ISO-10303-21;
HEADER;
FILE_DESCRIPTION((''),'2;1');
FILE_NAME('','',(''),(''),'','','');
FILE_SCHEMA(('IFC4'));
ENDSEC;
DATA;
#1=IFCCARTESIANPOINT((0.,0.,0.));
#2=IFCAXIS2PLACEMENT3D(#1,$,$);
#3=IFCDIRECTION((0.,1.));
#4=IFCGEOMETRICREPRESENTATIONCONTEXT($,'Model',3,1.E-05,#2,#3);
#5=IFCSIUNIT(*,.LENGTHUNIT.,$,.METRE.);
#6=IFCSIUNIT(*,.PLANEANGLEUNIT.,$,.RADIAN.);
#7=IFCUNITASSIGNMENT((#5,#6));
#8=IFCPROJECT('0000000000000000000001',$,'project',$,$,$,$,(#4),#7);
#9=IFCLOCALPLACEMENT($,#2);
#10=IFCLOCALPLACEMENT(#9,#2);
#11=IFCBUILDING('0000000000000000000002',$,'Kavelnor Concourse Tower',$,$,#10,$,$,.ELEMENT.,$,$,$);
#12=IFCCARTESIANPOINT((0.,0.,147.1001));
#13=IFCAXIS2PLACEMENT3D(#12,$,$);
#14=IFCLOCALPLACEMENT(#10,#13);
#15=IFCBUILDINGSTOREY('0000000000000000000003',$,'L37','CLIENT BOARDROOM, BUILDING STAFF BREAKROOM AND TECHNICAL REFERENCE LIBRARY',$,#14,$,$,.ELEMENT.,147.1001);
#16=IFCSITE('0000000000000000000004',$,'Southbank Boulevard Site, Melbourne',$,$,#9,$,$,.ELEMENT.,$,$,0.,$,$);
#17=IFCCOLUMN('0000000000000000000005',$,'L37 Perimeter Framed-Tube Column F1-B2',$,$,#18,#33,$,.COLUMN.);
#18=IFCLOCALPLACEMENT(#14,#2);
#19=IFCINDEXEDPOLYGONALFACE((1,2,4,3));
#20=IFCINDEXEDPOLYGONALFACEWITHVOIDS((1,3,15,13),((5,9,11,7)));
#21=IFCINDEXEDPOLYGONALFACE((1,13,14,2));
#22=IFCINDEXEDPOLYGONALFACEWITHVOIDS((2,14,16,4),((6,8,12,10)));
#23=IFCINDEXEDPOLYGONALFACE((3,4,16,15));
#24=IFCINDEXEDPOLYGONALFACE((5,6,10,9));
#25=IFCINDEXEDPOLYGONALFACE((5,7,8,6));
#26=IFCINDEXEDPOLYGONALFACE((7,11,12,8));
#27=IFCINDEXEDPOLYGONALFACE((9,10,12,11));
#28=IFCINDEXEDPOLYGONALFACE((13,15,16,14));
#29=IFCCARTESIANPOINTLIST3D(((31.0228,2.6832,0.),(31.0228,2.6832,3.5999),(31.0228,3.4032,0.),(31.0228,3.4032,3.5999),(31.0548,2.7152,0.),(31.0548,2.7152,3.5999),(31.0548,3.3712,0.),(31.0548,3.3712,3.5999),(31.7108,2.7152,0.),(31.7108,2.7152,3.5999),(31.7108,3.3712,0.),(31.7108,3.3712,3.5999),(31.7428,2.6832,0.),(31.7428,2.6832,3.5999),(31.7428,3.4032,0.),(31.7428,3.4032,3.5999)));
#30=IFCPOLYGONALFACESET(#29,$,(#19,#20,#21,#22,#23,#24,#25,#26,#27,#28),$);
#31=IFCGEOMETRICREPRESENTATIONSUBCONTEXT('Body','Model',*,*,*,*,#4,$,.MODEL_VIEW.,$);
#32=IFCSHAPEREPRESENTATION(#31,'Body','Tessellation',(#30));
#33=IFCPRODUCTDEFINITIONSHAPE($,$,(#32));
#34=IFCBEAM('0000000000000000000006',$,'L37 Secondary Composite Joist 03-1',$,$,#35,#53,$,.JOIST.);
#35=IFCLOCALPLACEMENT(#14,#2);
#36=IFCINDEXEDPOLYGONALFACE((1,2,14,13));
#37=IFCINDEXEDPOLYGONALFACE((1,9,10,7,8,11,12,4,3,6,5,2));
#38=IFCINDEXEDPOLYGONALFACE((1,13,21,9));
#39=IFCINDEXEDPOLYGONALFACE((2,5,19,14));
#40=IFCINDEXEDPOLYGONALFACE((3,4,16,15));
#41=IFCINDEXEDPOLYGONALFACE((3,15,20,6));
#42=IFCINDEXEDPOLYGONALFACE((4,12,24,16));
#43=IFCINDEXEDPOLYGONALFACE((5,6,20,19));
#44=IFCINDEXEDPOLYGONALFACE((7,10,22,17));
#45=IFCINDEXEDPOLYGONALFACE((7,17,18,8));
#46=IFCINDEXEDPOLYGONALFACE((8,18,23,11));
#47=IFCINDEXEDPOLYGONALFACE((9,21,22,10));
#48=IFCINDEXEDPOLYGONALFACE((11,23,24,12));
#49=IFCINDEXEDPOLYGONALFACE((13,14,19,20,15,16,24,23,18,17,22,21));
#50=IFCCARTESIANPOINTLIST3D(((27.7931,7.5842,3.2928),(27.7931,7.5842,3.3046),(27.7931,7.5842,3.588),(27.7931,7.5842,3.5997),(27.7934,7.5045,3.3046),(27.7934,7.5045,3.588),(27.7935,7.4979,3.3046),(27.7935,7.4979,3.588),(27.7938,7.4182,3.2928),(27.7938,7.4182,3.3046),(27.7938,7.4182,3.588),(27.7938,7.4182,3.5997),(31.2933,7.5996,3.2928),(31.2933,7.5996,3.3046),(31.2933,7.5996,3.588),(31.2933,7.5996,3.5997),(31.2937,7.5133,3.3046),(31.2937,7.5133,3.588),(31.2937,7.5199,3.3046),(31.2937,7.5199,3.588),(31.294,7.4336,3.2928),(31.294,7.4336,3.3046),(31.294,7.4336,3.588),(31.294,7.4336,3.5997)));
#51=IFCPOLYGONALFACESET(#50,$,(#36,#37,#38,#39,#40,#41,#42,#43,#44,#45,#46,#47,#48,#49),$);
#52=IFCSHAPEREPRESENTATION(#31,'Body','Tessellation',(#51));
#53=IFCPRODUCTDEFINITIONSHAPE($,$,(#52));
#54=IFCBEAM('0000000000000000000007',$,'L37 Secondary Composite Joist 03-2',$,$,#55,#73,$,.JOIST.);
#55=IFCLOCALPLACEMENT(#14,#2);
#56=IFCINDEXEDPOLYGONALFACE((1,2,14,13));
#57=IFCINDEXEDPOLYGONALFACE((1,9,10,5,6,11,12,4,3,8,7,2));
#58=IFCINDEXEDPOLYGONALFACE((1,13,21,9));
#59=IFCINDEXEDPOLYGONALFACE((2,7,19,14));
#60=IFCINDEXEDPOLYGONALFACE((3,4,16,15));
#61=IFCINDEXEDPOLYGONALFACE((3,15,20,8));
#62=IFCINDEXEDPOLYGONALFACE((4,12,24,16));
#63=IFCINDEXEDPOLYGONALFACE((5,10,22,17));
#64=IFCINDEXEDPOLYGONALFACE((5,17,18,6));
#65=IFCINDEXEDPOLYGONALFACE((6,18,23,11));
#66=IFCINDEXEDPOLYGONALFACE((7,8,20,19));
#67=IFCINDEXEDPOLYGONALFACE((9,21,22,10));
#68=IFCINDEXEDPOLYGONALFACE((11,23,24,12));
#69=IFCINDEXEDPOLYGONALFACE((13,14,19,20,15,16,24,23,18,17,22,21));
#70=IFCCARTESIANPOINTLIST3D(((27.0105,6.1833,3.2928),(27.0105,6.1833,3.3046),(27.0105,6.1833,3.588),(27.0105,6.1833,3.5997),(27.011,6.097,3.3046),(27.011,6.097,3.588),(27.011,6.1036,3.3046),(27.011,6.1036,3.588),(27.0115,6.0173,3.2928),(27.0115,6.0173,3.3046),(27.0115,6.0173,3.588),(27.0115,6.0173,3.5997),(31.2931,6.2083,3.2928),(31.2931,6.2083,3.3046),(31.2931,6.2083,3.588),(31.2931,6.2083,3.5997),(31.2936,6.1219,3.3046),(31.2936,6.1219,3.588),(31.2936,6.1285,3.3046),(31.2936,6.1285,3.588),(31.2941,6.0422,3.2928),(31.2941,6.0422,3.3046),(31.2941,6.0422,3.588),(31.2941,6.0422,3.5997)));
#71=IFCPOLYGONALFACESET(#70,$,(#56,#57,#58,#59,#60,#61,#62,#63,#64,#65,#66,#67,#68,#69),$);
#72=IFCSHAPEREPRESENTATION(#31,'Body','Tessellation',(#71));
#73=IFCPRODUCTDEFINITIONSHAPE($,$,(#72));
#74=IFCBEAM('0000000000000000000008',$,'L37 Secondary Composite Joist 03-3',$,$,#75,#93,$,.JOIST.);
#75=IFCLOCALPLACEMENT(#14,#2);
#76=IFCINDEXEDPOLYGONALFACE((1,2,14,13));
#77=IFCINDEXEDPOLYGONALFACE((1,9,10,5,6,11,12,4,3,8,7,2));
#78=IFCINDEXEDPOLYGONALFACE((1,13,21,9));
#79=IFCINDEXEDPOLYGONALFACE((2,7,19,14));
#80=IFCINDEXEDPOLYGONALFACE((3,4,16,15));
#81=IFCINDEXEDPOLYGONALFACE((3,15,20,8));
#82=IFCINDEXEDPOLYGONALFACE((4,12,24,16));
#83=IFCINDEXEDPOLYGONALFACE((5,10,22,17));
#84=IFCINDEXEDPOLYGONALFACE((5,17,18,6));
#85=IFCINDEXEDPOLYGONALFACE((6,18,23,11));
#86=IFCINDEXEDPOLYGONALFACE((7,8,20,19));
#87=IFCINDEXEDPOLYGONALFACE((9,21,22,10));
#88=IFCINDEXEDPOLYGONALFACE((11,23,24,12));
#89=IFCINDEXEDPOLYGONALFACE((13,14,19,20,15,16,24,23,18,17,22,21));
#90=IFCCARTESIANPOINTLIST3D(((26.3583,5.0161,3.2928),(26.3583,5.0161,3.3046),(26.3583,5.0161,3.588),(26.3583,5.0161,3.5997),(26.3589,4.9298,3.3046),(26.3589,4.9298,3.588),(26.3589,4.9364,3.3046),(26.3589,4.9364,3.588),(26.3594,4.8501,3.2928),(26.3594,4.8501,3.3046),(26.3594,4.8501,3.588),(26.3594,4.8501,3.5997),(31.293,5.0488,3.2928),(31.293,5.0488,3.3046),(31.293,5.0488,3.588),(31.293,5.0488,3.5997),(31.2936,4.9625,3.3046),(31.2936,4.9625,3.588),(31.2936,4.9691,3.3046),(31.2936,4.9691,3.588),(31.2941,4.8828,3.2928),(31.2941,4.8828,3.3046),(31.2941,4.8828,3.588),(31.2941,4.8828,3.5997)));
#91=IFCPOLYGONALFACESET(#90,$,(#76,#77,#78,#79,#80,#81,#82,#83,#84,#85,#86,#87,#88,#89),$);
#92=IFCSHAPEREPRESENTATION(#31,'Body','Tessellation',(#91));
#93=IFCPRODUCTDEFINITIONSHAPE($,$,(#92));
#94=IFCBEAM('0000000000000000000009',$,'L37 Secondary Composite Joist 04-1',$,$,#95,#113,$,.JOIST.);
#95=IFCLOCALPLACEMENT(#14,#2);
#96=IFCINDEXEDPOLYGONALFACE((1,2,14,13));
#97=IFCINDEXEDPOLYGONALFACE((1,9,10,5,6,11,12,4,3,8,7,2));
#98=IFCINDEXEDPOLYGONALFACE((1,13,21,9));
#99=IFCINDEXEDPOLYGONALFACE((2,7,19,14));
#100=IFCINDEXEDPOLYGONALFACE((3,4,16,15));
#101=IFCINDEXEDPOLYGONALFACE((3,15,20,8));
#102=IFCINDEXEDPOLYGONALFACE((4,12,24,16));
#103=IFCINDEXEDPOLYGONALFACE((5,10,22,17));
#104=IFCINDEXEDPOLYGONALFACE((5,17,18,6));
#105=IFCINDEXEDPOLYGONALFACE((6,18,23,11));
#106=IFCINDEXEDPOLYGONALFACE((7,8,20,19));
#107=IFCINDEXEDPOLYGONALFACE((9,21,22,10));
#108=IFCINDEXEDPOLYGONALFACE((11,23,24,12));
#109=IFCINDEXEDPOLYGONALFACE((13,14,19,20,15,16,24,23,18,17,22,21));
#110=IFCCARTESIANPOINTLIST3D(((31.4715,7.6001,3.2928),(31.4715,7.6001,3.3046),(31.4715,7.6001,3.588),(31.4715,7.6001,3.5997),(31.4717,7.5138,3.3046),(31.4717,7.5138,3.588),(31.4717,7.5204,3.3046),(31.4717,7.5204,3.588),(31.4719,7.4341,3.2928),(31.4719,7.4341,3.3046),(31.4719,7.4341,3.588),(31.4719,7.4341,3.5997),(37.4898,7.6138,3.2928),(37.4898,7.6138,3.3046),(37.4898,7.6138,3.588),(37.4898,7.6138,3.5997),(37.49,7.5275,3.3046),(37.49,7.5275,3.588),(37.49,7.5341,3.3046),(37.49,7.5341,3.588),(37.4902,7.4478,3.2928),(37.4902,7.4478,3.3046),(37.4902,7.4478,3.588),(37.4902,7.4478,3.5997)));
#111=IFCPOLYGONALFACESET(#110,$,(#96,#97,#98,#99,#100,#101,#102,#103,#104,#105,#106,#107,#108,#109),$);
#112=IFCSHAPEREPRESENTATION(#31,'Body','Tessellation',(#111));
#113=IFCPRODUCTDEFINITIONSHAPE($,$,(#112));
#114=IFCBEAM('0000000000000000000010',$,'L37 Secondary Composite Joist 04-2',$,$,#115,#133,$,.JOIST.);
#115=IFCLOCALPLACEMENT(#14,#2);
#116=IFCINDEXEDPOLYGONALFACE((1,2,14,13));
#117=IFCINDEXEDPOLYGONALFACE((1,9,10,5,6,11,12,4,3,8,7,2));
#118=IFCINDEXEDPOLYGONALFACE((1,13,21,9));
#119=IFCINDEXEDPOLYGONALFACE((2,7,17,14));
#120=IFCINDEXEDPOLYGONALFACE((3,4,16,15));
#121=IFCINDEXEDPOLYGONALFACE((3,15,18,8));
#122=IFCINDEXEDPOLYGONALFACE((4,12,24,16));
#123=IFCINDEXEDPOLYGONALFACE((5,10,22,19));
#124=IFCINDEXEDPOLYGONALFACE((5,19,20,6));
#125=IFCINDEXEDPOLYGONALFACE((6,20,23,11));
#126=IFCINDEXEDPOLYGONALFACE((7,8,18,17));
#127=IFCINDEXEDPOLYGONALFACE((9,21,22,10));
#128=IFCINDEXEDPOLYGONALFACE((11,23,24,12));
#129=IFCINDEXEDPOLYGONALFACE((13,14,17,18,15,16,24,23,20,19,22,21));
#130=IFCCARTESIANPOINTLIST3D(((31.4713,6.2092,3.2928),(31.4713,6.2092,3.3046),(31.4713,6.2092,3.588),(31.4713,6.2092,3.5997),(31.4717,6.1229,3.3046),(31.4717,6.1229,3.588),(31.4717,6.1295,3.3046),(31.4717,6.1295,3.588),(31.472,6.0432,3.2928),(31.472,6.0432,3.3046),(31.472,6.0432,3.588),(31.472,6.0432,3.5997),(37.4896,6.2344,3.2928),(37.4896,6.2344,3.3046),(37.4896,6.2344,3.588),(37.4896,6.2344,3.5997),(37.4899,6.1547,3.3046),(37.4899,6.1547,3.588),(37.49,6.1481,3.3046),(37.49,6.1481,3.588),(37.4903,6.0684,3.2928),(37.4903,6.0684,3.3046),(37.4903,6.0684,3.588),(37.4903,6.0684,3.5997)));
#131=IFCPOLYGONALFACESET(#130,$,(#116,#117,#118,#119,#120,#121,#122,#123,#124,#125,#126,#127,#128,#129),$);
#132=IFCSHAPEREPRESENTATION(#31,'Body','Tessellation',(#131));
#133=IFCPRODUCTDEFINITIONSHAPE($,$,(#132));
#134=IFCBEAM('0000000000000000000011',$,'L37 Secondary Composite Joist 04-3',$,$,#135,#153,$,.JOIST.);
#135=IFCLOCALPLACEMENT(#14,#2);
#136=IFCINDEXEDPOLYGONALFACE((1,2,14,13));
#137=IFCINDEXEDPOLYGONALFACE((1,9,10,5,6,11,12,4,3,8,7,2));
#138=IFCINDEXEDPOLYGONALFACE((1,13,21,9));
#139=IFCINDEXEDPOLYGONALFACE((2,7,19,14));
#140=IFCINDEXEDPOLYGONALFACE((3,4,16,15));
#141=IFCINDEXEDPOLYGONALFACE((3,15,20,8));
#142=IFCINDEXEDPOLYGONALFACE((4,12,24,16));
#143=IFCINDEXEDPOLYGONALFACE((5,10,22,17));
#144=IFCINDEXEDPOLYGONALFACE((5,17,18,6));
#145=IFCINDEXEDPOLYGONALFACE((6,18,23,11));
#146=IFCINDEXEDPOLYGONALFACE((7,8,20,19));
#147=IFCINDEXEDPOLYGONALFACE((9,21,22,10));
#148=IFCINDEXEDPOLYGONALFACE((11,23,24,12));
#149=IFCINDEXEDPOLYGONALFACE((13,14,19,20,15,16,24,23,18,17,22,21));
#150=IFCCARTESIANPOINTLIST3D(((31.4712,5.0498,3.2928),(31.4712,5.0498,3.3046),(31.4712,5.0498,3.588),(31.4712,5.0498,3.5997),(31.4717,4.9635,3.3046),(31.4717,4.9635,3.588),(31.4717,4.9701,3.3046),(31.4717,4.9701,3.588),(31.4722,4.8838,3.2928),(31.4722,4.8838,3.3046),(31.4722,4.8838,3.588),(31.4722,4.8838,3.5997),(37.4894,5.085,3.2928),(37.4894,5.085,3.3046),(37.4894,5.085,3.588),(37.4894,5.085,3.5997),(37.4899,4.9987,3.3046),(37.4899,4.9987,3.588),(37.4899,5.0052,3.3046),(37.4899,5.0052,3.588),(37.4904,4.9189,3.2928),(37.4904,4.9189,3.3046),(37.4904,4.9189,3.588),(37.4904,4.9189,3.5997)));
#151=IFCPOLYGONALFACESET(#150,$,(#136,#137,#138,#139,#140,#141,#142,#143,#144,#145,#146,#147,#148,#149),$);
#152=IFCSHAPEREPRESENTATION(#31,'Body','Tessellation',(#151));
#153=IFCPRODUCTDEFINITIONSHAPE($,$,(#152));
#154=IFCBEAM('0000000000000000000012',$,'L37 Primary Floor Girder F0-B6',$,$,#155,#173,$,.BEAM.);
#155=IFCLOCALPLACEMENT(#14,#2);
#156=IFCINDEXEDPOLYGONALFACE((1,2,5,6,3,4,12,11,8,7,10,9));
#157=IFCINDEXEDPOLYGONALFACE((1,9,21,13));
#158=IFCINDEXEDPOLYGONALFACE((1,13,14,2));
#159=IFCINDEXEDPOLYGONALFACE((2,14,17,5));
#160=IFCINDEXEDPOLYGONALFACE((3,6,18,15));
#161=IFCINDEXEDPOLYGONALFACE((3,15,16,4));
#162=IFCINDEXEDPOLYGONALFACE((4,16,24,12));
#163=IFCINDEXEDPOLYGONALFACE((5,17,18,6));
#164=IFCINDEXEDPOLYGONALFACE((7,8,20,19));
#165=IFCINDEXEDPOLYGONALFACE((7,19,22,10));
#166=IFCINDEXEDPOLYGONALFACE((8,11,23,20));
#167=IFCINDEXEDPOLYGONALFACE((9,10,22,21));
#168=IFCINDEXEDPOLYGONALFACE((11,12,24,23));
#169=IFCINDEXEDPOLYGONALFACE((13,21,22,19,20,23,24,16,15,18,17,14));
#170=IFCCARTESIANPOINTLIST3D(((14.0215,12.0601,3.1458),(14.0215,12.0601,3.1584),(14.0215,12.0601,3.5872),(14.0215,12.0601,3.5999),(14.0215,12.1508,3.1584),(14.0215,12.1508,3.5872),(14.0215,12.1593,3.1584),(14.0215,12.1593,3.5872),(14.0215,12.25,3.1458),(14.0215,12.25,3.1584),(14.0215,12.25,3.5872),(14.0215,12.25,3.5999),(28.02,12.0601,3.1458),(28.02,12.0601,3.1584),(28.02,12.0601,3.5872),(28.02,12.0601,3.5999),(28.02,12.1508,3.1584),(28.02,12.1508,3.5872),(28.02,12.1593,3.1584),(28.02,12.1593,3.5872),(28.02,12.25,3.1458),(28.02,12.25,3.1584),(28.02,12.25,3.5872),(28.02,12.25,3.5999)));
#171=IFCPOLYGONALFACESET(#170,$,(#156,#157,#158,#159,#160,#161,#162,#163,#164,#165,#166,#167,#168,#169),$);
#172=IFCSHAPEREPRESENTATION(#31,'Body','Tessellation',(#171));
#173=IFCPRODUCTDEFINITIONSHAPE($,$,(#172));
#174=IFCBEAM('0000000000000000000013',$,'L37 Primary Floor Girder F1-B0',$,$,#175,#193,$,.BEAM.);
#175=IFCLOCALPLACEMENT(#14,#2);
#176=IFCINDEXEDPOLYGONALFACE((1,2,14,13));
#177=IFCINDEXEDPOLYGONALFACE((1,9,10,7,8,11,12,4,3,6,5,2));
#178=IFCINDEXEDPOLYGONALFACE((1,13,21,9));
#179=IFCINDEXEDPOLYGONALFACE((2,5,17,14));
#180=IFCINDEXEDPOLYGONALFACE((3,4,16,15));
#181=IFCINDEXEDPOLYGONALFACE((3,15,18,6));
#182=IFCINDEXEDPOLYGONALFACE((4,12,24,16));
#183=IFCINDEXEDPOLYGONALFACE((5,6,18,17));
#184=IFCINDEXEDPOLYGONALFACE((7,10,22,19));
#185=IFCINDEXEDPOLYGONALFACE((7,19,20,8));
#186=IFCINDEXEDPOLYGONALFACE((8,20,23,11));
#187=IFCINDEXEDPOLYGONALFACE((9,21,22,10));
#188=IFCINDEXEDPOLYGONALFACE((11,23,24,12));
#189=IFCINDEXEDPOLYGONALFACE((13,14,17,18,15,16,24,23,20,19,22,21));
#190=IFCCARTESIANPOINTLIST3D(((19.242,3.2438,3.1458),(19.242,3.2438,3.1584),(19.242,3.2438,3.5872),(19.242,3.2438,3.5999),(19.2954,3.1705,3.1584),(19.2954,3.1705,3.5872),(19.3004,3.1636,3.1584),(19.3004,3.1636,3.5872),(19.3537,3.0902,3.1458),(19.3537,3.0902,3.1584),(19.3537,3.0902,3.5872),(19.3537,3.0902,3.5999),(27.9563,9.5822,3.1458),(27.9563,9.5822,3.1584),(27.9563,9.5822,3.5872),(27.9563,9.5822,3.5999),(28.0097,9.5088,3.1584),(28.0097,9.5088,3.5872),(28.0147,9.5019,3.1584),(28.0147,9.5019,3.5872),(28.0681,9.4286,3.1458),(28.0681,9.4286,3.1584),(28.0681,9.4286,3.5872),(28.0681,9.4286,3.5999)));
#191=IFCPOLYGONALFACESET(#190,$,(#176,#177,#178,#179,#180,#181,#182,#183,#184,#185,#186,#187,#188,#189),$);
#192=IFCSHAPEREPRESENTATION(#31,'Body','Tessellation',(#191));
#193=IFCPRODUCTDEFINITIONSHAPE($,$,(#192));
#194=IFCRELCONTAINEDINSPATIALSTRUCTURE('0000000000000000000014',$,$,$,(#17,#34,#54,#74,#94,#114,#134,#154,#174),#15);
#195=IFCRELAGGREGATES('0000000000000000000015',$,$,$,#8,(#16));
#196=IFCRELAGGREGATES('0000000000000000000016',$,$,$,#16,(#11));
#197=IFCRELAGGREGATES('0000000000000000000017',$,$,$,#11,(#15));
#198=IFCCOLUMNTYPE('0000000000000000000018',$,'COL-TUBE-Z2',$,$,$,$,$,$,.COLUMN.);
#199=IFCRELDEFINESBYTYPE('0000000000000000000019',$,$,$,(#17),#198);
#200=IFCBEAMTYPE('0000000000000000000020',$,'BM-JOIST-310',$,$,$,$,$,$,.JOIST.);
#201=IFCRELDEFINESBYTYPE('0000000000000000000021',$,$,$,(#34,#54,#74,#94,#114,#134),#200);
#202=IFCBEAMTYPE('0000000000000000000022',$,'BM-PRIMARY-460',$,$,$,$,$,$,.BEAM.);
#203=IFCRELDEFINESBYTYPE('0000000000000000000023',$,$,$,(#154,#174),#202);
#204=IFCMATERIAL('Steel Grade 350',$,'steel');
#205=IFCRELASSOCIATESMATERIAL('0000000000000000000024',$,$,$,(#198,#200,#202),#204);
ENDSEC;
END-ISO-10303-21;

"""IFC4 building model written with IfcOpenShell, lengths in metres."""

from ifc_helpers import new_model, si_unit, direction, frame, origin, origin_2d, place, context, subcontext, project, spatial, hollow_rectangle, i_section, extrude, material, material_profile, profile_set, type_object, element, save


model = new_model("IFC4")

# Units and contexts
model_context = context("Model", 3, precision=1e-05, world=origin(), true_north=direction((0.0, 1.0)))
body_context = subcontext(model_context, "Body", "Model", "MODEL_VIEW")
ifc_project = project(units=[si_unit("LENGTHUNIT", "METRE"), si_unit("PLANEANGLEUNIT", "RADIAN")], contexts=[model_context])

# Site, building, storey
site_placement = place(None, origin())
site = spatial("IfcSite", under=ifc_project, at=site_placement, Name="Southbank Boulevard Site, Melbourne", CompositionType="ELEMENT", RefElevation=0.0)
building_placement = place(site_placement, origin())
building = spatial("IfcBuilding", under=site, at=building_placement, Name="Kavelnor Concourse Tower", CompositionType="ELEMENT")
storey_placement = place(building_placement, frame((0.0, 0.0, 147.1001)))
storey = spatial("IfcBuildingStorey", under=building, at=storey_placement, Name="L37", Description="CLIENT BOARDROOM, BUILDING STAFF BREAKROOM AND TECHNICAL REFERENCE LIBRARY", CompositionType="ELEMENT", Elevation=147.1001)

# Column
ifc_material_1 = material(Name="Steel Grade 350", Category="steel")
ifc_material_profile_1 = material_profile(ifc_material_1, hollow_rectangle(XDim=0.72, YDim=0.72, WallThickness=0.032, at=origin_2d()), Name="SHS 720x720x32")
ifc_profile_set_1 = profile_set([ifc_material_profile_1], Name="Steel Grade 350")
column_type = type_object("IfcColumnType", Name="COL-TUBE-Z2", PredefinedType="COLUMN", material=ifc_profile_set_1)
column_placement = place(storey_placement, frame((31.3828, 3.0432, 0.0), z_axis=(0.0, 0.0, 1.0), x_axis=(1.0, 0.0, 0.0)))
element("IfcColumn", 1, at=column_placement, inside=storey, type_object=column_type, Name="L37 Perimeter Framed-Tube Column F1-B2", PredefinedType="COLUMN", context=body_context, shape_type="SweptSolid", body=[
    extrude(hollow_rectangle(XDim=0.72, YDim=0.72, WallThickness=0.032, at=origin_2d()), origin(), (0.0, 0.0, 1.0), 3.5999),
])

# Beams
ifc_material_profile_2 = material_profile(ifc_material_1, i_section(OverallWidth=0.166, OverallDepth=0.3069, WebThickness=0.0066, FlangeThickness=0.0117, at=origin_2d()), Name="310UB46")
ifc_profile_set_2 = profile_set([ifc_material_profile_2], Name="Steel Grade 350")
beam_type_1 = type_object("IfcBeamType", Name="BM-JOIST-310", PredefinedType="JOIST", material=ifc_profile_set_2)
beam_1_placement = place(storey_placement, frame((27.7935, 7.5012, 3.4463), z_axis=(0.99999, 0.004394, 0.0), x_axis=(-0.004394, 0.99999, 0.0)))
element("IfcBeam", 2, at=beam_1_placement, inside=storey, type_object=beam_type_1, Name="L37 Secondary Composite Joist 03-1", PredefinedType="JOIST", context=body_context, shape_type="SweptSolid", body=[
    extrude(i_section(OverallWidth=0.166, OverallDepth=0.3069, WebThickness=0.0066, FlangeThickness=0.0117, at=origin_2d()), origin(), (0.0, 0.0, 1.0), 3.5002),
])
beam_2_placement = place(storey_placement, frame((27.011, 6.1003, 3.4463), z_axis=(0.999983, 0.005815, 0.0), x_axis=(-0.005815, 0.999983, 0.0)))
element("IfcBeam", 3, at=beam_2_placement, inside=storey, type_object=beam_type_1, Name="L37 Secondary Composite Joist 03-2", PredefinedType="JOIST", context=body_context, shape_type="SweptSolid", body=[
    extrude(i_section(OverallWidth=0.166, OverallDepth=0.3069, WebThickness=0.0066, FlangeThickness=0.0117, at=origin_2d()), origin(), (0.0, 0.0, 1.0), 4.2827),
])
beam_3_placement = place(storey_placement, frame((26.3589, 4.9331, 3.4463), z_axis=(0.999978, 0.006629, 0.0), x_axis=(-0.006629, 0.999978, 0.0)))
element("IfcBeam", 4, at=beam_3_placement, inside=storey, type_object=beam_type_1, Name="L37 Secondary Composite Joist 03-3", PredefinedType="JOIST", context=body_context, shape_type="SweptSolid", body=[
    extrude(i_section(OverallWidth=0.166, OverallDepth=0.3069, WebThickness=0.0066, FlangeThickness=0.0117, at=origin_2d()), origin(), (0.0, 0.0, 1.0), 4.9348),
])
for number, where, z_axis, x_axis, name in (
    (5, (31.4717, 7.5171, 3.4463), (0.999997, 0.002272, 0.0), (-0.002272, 0.999997, 0.0), "L37 Secondary Composite Joist 04-1"),
    (6, (31.4717, 6.1262, 3.4463), (0.999991, 0.004178, 0.0), (-0.004178, 0.999991, 0.0), "L37 Secondary Composite Joist 04-2"),
    (7, (31.4717, 4.9668, 3.4463), (0.999983, 0.005841, 0.0), (-0.005841, 0.999983, 0.0), "L37 Secondary Composite Joist 04-3"),
):
    element("IfcBeam", number, at=place(storey_placement, frame(where, z_axis=z_axis, x_axis=x_axis)), inside=storey, type_object=beam_type_1, Name=name, PredefinedType="JOIST", context=body_context, shape_type="SweptSolid", body=[
        extrude(i_section(OverallWidth=0.166, OverallDepth=0.3069, WebThickness=0.0066, FlangeThickness=0.0117, at=origin_2d()), origin(), (0.0, 0.0, 1.0), 6.0183),
    ])
ifc_material_profile_3 = material_profile(ifc_material_1, i_section(OverallWidth=0.1899, OverallDepth=0.4541, WebThickness=0.0085, FlangeThickness=0.0127, at=origin_2d()), Name="460UB67")
ifc_profile_set_3 = profile_set([ifc_material_profile_3], Name="Steel Grade 350")
beam_type_2 = type_object("IfcBeamType", Name="BM-PRIMARY-460", PredefinedType="BEAM", material=ifc_profile_set_3)
beam_4_placement = place(storey_placement, frame((28.02, 12.155, 3.3728), z_axis=(-1.0, 0.0, 0.0), x_axis=(0.0, -1.0, 0.0)))
element("IfcBeam", 8, at=beam_4_placement, inside=storey, type_object=beam_type_2, Name="L37 Primary Floor Girder F0-B6", PredefinedType="BEAM", context=body_context, shape_type="SweptSolid", body=[
    extrude(i_section(OverallWidth=0.1899, OverallDepth=0.4541, WebThickness=0.0085, FlangeThickness=0.0127, at=origin_2d()), origin(), (0.0, 0.0, 1.0), 13.9985),
])
beam_5_placement = place(storey_placement, frame((28.0122, 9.5054, 3.3728), z_axis=(-0.808707, -0.588212, 0.0), x_axis=(0.588212, -0.808707, 0.0)))
element("IfcBeam", 9, at=beam_5_placement, inside=storey, type_object=beam_type_2, Name="L37 Primary Floor Girder F1-B0", PredefinedType="BEAM", context=body_context, shape_type="SweptSolid", body=[
    extrude(i_section(OverallWidth=0.1899, OverallDepth=0.4541, WebThickness=0.0085, FlangeThickness=0.0127, at=origin_2d()), origin(), (0.0, 0.0, 1.0), 10.7756),
])

save(model, "model.ifc")
